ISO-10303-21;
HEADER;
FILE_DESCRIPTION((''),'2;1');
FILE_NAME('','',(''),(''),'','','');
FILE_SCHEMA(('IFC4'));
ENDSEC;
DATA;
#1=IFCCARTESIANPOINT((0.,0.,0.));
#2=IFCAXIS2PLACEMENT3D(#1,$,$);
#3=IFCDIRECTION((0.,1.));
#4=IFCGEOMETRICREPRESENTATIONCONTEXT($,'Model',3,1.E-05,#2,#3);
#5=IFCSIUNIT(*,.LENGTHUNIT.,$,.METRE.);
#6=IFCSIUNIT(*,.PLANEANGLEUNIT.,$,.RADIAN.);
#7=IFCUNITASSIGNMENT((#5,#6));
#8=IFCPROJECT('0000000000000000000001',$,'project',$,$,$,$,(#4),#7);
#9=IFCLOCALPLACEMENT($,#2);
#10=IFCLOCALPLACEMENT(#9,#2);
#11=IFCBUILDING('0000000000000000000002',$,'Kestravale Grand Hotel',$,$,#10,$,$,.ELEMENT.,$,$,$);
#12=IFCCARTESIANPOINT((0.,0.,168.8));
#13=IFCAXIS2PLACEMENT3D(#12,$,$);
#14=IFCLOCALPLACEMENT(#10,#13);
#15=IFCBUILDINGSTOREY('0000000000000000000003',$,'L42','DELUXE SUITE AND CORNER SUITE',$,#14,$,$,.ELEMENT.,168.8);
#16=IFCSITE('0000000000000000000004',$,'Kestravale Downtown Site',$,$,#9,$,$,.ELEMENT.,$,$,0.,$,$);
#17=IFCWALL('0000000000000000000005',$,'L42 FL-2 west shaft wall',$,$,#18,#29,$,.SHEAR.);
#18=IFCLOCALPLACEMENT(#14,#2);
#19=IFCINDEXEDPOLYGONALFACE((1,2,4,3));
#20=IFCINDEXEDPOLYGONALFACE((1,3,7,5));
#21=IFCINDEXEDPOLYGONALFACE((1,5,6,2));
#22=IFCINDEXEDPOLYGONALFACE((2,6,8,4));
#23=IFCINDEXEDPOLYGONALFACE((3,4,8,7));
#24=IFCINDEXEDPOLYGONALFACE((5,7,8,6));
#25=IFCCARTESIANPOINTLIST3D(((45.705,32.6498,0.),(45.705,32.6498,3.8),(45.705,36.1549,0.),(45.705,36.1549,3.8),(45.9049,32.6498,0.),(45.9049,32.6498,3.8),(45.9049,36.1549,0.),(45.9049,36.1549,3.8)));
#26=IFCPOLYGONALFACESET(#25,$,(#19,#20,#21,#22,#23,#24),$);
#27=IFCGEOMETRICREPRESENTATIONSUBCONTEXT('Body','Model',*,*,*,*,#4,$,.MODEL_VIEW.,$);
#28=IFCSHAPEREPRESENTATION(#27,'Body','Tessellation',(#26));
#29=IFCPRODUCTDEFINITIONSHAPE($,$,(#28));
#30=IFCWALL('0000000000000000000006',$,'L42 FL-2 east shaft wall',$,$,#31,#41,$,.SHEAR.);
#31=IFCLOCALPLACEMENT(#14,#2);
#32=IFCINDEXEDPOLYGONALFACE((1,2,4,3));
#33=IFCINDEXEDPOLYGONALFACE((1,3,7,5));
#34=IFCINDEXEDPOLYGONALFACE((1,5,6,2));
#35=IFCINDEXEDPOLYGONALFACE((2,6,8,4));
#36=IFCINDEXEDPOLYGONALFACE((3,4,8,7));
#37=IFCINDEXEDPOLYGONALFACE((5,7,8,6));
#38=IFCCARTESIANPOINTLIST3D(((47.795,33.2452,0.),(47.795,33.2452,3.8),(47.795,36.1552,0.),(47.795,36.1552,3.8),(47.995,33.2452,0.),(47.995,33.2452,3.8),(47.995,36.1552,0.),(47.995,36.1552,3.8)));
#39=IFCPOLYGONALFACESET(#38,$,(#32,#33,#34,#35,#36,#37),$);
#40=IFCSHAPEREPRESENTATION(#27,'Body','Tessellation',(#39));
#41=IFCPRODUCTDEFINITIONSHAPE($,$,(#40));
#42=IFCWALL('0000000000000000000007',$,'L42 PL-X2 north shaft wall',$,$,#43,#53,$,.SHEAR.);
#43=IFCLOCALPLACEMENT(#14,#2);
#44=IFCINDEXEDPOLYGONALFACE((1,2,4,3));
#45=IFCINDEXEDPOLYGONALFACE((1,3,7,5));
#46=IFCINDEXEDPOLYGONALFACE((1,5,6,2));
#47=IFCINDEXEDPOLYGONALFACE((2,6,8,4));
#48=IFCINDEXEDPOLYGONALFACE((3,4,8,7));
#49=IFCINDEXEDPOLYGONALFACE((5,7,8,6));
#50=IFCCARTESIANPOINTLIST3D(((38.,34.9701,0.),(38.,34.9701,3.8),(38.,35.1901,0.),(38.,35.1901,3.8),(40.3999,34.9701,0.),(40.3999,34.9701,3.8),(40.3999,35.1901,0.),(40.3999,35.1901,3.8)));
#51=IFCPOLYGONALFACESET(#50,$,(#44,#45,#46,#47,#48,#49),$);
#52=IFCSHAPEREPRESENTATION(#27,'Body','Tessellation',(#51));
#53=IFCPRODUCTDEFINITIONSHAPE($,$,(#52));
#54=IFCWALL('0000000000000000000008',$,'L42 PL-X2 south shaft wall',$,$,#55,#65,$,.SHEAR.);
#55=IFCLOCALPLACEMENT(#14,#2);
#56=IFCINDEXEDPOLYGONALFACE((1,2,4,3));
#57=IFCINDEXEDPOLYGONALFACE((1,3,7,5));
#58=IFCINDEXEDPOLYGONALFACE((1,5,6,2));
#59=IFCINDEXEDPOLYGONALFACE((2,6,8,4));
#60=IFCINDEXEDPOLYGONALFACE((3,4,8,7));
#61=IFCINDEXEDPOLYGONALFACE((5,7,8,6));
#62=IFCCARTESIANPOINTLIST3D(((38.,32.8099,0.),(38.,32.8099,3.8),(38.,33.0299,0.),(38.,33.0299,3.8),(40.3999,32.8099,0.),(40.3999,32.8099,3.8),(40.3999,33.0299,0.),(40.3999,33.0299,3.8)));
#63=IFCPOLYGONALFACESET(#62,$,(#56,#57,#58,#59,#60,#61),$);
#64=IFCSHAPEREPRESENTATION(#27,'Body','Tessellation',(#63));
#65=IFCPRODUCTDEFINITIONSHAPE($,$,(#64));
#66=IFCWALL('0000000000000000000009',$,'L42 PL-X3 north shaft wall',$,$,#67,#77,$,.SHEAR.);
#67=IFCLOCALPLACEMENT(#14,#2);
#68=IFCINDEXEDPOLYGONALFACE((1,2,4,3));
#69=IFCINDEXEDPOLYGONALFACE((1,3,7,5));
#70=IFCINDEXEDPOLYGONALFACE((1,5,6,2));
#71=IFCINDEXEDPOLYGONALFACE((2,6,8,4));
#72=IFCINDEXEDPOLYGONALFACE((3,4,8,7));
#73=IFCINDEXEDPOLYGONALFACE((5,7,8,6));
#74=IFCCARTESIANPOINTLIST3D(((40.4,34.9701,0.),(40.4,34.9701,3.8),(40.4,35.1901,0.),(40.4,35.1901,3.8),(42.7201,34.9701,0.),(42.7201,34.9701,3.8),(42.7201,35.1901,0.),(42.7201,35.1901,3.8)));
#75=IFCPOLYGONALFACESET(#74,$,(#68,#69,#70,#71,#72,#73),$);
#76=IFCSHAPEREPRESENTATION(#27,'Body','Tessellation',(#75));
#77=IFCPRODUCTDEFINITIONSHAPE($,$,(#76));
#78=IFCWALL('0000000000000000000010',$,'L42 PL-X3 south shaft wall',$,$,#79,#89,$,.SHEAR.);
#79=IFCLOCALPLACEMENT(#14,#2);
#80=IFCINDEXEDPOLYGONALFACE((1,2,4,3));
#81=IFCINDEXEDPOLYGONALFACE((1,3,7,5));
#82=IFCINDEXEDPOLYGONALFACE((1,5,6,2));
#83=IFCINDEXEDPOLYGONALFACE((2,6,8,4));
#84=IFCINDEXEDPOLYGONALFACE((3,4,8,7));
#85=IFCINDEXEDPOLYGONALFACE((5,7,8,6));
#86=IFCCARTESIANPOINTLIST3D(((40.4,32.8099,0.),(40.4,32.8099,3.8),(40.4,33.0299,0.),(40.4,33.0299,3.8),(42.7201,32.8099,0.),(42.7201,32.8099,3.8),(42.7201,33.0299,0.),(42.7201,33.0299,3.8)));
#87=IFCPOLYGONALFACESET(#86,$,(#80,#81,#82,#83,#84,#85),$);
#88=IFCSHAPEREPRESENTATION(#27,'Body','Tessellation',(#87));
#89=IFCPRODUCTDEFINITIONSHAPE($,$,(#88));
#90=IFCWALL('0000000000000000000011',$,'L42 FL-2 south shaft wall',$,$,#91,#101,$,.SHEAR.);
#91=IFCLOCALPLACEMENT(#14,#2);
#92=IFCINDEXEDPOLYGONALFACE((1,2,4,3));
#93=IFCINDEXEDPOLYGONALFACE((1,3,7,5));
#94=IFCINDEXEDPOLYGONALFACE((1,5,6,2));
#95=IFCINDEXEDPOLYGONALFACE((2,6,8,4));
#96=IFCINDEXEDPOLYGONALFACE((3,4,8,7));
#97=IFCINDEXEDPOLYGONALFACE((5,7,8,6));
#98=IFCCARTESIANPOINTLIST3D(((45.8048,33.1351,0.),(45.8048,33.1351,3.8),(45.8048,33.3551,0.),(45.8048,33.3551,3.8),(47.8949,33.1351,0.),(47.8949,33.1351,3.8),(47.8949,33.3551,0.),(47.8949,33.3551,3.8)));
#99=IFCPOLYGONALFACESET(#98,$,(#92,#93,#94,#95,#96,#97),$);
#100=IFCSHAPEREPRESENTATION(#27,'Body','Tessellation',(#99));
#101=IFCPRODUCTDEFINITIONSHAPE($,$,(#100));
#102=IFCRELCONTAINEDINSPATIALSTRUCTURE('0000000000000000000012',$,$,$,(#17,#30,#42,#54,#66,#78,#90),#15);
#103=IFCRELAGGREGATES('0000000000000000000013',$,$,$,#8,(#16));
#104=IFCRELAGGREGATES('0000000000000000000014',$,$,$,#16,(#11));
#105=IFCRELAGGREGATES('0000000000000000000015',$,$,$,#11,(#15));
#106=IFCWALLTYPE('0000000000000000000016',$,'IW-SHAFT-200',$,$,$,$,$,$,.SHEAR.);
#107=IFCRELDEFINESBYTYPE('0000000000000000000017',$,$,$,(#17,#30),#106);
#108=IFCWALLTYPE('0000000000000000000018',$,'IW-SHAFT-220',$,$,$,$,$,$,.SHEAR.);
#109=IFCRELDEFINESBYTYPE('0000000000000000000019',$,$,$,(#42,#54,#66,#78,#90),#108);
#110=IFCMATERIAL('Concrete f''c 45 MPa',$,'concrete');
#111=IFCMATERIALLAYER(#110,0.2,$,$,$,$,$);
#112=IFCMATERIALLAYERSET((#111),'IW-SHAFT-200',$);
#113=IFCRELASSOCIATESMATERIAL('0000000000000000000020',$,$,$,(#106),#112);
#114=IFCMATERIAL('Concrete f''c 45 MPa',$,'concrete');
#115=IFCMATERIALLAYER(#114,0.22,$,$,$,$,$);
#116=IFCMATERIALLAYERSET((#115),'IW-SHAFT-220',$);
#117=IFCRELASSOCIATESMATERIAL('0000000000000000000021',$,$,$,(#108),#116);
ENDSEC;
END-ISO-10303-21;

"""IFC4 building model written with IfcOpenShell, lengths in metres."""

from ifc_helpers import new_model, si_unit, direction, frame, frame_2d, origin, place, context, subcontext, project, spatial, rectangle, extrude, material, layer, layer_set, type_object, element, save


model = new_model("IFC4")

# Units and contexts
model_context = context("Model", 3, precision=1e-05, world=origin(), true_north=direction((0.0, 1.0)))
body_context = subcontext(model_context, "Body", "Model", "MODEL_VIEW")
ifc_project = project(units=[si_unit("LENGTHUNIT", "METRE"), si_unit("PLANEANGLEUNIT", "RADIAN")], contexts=[model_context])

# Site, building, storey
site_placement = place(None, origin())
site = spatial("IfcSite", under=ifc_project, at=site_placement, Name="Kestravale Downtown Site", CompositionType="ELEMENT", RefElevation=0.0)
building_placement = place(site_placement, origin())
building = spatial("IfcBuilding", under=site, at=building_placement, Name="Kestravale Grand Hotel", CompositionType="ELEMENT")
storey_placement = place(building_placement, frame((0.0, 0.0, 168.8)))
storey = spatial("IfcBuildingStorey", under=building, at=storey_placement, Name="L42", Description="DELUXE SUITE AND CORNER SUITE", CompositionType="ELEMENT", Elevation=168.8)

# Walls
ifc_material_1 = material(Name="Concrete f'c 45 MPa", Category="concrete")
ifc_layer_1 = layer(ifc_material_1, 0.2)
ifc_layer_set_1 = layer_set([ifc_layer_1], Name="IW-SHAFT-200")
wall_type_1 = type_object("IfcWallType", Name="IW-SHAFT-200", PredefinedType="SHEAR", material=ifc_layer_set_1)
wall_1_placement = place(storey_placement, frame((45.8049, 32.6499, 0.0), z_axis=(0.0, 0.0, 1.0), x_axis=(0.0, 1.0, 0.0)))
element("IfcWall", 1, at=wall_1_placement, inside=storey, type_object=wall_type_1, Name="L42 FL-2 west shaft wall", PredefinedType="SHEAR", context=body_context, shape_type="SweptSolid", body=[
    extrude(rectangle(XDim=3.5051, YDim=0.2, at=frame_2d((1.7524, 0.0))), origin(), (0.0, 0.0, 1.0), 3.8),
])
wall_2_placement = place(storey_placement, frame((47.895, 33.2451, 0.0), z_axis=(0.0, 0.0, 1.0), x_axis=(0.0, 1.0, 0.0)))
element("IfcWall", 2, at=wall_2_placement, inside=storey, type_object=wall_type_1, Name="L42 FL-2 east shaft wall", PredefinedType="SHEAR", context=body_context, shape_type="SweptSolid", body=[
    extrude(rectangle(XDim=2.9099, YDim=0.2, at=frame_2d((1.4551, 0.0))), origin(), (0.0, 0.0, 1.0), 3.8),
])
ifc_material_2 = material(Name="Concrete f'c 45 MPa", Category="concrete")
ifc_layer_2 = layer(ifc_material_2, 0.22)
ifc_layer_set_2 = layer_set([ifc_layer_2], Name="IW-SHAFT-220")
wall_type_2 = type_object("IfcWallType", Name="IW-SHAFT-220", PredefinedType="SHEAR", material=ifc_layer_set_2)
for number, where, z_axis, x_axis, name in (
    (3, (38.0, 35.0801, 0.0), (0.0, 0.0, 1.0), (1.0, 0.0, 0.0), "L42 PL-X2 north shaft wall"),
    (4, (38.0, 32.9199, 0.0), (0.0, 0.0, 1.0), (1.0, 0.0, 0.0), "L42 PL-X2 south shaft wall"),
):
    element("IfcWall", number, at=place(storey_placement, frame(where, z_axis=z_axis, x_axis=x_axis)), inside=storey, type_object=wall_type_2, Name=name, PredefinedType="SHEAR", context=body_context, shape_type="SweptSolid", body=[
        extrude(rectangle(XDim=2.3999, YDim=0.22, at=frame_2d((1.2, 0.0))), origin(), (0.0, 0.0, 1.0), 3.8),
    ])
for number, where, z_axis, x_axis, name in (
    (5, (40.3999, 35.0801, 0.0), (0.0, 0.0, 1.0), (1.0, 0.0, 0.0), "L42 PL-X3 north shaft wall"),
    (6, (40.3999, 32.9199, 0.0), (0.0, 0.0, 1.0), (1.0, 0.0, 0.0), "L42 PL-X3 south shaft wall"),
):
    element("IfcWall", number, at=place(storey_placement, frame(where, z_axis=z_axis, x_axis=x_axis)), inside=storey, type_object=wall_type_2, Name=name, PredefinedType="SHEAR", context=body_context, shape_type="SweptSolid", body=[
        extrude(rectangle(XDim=2.3201, YDim=0.22, at=frame_2d((1.1602, 0.0))), origin(), (0.0, 0.0, 1.0), 3.8),
    ])

# Wall
wall_3_placement = place(storey_placement, frame((45.8049, 33.2451, 0.0), z_axis=(0.0, 0.0, 1.0), x_axis=(1.0, 0.0, 0.0)))
element("IfcWall", 7, at=wall_3_placement, inside=storey, type_object=wall_type_2, Name="L42 FL-2 south shaft wall", PredefinedType="SHEAR", context=body_context, shape_type="SweptSolid", body=[
    extrude(rectangle(XDim=2.0901, YDim=0.22, at=frame_2d((1.0449, 0.0))), origin(), (0.0, 0.0, 1.0), 3.8),
])

save(model, "model.ifc")
